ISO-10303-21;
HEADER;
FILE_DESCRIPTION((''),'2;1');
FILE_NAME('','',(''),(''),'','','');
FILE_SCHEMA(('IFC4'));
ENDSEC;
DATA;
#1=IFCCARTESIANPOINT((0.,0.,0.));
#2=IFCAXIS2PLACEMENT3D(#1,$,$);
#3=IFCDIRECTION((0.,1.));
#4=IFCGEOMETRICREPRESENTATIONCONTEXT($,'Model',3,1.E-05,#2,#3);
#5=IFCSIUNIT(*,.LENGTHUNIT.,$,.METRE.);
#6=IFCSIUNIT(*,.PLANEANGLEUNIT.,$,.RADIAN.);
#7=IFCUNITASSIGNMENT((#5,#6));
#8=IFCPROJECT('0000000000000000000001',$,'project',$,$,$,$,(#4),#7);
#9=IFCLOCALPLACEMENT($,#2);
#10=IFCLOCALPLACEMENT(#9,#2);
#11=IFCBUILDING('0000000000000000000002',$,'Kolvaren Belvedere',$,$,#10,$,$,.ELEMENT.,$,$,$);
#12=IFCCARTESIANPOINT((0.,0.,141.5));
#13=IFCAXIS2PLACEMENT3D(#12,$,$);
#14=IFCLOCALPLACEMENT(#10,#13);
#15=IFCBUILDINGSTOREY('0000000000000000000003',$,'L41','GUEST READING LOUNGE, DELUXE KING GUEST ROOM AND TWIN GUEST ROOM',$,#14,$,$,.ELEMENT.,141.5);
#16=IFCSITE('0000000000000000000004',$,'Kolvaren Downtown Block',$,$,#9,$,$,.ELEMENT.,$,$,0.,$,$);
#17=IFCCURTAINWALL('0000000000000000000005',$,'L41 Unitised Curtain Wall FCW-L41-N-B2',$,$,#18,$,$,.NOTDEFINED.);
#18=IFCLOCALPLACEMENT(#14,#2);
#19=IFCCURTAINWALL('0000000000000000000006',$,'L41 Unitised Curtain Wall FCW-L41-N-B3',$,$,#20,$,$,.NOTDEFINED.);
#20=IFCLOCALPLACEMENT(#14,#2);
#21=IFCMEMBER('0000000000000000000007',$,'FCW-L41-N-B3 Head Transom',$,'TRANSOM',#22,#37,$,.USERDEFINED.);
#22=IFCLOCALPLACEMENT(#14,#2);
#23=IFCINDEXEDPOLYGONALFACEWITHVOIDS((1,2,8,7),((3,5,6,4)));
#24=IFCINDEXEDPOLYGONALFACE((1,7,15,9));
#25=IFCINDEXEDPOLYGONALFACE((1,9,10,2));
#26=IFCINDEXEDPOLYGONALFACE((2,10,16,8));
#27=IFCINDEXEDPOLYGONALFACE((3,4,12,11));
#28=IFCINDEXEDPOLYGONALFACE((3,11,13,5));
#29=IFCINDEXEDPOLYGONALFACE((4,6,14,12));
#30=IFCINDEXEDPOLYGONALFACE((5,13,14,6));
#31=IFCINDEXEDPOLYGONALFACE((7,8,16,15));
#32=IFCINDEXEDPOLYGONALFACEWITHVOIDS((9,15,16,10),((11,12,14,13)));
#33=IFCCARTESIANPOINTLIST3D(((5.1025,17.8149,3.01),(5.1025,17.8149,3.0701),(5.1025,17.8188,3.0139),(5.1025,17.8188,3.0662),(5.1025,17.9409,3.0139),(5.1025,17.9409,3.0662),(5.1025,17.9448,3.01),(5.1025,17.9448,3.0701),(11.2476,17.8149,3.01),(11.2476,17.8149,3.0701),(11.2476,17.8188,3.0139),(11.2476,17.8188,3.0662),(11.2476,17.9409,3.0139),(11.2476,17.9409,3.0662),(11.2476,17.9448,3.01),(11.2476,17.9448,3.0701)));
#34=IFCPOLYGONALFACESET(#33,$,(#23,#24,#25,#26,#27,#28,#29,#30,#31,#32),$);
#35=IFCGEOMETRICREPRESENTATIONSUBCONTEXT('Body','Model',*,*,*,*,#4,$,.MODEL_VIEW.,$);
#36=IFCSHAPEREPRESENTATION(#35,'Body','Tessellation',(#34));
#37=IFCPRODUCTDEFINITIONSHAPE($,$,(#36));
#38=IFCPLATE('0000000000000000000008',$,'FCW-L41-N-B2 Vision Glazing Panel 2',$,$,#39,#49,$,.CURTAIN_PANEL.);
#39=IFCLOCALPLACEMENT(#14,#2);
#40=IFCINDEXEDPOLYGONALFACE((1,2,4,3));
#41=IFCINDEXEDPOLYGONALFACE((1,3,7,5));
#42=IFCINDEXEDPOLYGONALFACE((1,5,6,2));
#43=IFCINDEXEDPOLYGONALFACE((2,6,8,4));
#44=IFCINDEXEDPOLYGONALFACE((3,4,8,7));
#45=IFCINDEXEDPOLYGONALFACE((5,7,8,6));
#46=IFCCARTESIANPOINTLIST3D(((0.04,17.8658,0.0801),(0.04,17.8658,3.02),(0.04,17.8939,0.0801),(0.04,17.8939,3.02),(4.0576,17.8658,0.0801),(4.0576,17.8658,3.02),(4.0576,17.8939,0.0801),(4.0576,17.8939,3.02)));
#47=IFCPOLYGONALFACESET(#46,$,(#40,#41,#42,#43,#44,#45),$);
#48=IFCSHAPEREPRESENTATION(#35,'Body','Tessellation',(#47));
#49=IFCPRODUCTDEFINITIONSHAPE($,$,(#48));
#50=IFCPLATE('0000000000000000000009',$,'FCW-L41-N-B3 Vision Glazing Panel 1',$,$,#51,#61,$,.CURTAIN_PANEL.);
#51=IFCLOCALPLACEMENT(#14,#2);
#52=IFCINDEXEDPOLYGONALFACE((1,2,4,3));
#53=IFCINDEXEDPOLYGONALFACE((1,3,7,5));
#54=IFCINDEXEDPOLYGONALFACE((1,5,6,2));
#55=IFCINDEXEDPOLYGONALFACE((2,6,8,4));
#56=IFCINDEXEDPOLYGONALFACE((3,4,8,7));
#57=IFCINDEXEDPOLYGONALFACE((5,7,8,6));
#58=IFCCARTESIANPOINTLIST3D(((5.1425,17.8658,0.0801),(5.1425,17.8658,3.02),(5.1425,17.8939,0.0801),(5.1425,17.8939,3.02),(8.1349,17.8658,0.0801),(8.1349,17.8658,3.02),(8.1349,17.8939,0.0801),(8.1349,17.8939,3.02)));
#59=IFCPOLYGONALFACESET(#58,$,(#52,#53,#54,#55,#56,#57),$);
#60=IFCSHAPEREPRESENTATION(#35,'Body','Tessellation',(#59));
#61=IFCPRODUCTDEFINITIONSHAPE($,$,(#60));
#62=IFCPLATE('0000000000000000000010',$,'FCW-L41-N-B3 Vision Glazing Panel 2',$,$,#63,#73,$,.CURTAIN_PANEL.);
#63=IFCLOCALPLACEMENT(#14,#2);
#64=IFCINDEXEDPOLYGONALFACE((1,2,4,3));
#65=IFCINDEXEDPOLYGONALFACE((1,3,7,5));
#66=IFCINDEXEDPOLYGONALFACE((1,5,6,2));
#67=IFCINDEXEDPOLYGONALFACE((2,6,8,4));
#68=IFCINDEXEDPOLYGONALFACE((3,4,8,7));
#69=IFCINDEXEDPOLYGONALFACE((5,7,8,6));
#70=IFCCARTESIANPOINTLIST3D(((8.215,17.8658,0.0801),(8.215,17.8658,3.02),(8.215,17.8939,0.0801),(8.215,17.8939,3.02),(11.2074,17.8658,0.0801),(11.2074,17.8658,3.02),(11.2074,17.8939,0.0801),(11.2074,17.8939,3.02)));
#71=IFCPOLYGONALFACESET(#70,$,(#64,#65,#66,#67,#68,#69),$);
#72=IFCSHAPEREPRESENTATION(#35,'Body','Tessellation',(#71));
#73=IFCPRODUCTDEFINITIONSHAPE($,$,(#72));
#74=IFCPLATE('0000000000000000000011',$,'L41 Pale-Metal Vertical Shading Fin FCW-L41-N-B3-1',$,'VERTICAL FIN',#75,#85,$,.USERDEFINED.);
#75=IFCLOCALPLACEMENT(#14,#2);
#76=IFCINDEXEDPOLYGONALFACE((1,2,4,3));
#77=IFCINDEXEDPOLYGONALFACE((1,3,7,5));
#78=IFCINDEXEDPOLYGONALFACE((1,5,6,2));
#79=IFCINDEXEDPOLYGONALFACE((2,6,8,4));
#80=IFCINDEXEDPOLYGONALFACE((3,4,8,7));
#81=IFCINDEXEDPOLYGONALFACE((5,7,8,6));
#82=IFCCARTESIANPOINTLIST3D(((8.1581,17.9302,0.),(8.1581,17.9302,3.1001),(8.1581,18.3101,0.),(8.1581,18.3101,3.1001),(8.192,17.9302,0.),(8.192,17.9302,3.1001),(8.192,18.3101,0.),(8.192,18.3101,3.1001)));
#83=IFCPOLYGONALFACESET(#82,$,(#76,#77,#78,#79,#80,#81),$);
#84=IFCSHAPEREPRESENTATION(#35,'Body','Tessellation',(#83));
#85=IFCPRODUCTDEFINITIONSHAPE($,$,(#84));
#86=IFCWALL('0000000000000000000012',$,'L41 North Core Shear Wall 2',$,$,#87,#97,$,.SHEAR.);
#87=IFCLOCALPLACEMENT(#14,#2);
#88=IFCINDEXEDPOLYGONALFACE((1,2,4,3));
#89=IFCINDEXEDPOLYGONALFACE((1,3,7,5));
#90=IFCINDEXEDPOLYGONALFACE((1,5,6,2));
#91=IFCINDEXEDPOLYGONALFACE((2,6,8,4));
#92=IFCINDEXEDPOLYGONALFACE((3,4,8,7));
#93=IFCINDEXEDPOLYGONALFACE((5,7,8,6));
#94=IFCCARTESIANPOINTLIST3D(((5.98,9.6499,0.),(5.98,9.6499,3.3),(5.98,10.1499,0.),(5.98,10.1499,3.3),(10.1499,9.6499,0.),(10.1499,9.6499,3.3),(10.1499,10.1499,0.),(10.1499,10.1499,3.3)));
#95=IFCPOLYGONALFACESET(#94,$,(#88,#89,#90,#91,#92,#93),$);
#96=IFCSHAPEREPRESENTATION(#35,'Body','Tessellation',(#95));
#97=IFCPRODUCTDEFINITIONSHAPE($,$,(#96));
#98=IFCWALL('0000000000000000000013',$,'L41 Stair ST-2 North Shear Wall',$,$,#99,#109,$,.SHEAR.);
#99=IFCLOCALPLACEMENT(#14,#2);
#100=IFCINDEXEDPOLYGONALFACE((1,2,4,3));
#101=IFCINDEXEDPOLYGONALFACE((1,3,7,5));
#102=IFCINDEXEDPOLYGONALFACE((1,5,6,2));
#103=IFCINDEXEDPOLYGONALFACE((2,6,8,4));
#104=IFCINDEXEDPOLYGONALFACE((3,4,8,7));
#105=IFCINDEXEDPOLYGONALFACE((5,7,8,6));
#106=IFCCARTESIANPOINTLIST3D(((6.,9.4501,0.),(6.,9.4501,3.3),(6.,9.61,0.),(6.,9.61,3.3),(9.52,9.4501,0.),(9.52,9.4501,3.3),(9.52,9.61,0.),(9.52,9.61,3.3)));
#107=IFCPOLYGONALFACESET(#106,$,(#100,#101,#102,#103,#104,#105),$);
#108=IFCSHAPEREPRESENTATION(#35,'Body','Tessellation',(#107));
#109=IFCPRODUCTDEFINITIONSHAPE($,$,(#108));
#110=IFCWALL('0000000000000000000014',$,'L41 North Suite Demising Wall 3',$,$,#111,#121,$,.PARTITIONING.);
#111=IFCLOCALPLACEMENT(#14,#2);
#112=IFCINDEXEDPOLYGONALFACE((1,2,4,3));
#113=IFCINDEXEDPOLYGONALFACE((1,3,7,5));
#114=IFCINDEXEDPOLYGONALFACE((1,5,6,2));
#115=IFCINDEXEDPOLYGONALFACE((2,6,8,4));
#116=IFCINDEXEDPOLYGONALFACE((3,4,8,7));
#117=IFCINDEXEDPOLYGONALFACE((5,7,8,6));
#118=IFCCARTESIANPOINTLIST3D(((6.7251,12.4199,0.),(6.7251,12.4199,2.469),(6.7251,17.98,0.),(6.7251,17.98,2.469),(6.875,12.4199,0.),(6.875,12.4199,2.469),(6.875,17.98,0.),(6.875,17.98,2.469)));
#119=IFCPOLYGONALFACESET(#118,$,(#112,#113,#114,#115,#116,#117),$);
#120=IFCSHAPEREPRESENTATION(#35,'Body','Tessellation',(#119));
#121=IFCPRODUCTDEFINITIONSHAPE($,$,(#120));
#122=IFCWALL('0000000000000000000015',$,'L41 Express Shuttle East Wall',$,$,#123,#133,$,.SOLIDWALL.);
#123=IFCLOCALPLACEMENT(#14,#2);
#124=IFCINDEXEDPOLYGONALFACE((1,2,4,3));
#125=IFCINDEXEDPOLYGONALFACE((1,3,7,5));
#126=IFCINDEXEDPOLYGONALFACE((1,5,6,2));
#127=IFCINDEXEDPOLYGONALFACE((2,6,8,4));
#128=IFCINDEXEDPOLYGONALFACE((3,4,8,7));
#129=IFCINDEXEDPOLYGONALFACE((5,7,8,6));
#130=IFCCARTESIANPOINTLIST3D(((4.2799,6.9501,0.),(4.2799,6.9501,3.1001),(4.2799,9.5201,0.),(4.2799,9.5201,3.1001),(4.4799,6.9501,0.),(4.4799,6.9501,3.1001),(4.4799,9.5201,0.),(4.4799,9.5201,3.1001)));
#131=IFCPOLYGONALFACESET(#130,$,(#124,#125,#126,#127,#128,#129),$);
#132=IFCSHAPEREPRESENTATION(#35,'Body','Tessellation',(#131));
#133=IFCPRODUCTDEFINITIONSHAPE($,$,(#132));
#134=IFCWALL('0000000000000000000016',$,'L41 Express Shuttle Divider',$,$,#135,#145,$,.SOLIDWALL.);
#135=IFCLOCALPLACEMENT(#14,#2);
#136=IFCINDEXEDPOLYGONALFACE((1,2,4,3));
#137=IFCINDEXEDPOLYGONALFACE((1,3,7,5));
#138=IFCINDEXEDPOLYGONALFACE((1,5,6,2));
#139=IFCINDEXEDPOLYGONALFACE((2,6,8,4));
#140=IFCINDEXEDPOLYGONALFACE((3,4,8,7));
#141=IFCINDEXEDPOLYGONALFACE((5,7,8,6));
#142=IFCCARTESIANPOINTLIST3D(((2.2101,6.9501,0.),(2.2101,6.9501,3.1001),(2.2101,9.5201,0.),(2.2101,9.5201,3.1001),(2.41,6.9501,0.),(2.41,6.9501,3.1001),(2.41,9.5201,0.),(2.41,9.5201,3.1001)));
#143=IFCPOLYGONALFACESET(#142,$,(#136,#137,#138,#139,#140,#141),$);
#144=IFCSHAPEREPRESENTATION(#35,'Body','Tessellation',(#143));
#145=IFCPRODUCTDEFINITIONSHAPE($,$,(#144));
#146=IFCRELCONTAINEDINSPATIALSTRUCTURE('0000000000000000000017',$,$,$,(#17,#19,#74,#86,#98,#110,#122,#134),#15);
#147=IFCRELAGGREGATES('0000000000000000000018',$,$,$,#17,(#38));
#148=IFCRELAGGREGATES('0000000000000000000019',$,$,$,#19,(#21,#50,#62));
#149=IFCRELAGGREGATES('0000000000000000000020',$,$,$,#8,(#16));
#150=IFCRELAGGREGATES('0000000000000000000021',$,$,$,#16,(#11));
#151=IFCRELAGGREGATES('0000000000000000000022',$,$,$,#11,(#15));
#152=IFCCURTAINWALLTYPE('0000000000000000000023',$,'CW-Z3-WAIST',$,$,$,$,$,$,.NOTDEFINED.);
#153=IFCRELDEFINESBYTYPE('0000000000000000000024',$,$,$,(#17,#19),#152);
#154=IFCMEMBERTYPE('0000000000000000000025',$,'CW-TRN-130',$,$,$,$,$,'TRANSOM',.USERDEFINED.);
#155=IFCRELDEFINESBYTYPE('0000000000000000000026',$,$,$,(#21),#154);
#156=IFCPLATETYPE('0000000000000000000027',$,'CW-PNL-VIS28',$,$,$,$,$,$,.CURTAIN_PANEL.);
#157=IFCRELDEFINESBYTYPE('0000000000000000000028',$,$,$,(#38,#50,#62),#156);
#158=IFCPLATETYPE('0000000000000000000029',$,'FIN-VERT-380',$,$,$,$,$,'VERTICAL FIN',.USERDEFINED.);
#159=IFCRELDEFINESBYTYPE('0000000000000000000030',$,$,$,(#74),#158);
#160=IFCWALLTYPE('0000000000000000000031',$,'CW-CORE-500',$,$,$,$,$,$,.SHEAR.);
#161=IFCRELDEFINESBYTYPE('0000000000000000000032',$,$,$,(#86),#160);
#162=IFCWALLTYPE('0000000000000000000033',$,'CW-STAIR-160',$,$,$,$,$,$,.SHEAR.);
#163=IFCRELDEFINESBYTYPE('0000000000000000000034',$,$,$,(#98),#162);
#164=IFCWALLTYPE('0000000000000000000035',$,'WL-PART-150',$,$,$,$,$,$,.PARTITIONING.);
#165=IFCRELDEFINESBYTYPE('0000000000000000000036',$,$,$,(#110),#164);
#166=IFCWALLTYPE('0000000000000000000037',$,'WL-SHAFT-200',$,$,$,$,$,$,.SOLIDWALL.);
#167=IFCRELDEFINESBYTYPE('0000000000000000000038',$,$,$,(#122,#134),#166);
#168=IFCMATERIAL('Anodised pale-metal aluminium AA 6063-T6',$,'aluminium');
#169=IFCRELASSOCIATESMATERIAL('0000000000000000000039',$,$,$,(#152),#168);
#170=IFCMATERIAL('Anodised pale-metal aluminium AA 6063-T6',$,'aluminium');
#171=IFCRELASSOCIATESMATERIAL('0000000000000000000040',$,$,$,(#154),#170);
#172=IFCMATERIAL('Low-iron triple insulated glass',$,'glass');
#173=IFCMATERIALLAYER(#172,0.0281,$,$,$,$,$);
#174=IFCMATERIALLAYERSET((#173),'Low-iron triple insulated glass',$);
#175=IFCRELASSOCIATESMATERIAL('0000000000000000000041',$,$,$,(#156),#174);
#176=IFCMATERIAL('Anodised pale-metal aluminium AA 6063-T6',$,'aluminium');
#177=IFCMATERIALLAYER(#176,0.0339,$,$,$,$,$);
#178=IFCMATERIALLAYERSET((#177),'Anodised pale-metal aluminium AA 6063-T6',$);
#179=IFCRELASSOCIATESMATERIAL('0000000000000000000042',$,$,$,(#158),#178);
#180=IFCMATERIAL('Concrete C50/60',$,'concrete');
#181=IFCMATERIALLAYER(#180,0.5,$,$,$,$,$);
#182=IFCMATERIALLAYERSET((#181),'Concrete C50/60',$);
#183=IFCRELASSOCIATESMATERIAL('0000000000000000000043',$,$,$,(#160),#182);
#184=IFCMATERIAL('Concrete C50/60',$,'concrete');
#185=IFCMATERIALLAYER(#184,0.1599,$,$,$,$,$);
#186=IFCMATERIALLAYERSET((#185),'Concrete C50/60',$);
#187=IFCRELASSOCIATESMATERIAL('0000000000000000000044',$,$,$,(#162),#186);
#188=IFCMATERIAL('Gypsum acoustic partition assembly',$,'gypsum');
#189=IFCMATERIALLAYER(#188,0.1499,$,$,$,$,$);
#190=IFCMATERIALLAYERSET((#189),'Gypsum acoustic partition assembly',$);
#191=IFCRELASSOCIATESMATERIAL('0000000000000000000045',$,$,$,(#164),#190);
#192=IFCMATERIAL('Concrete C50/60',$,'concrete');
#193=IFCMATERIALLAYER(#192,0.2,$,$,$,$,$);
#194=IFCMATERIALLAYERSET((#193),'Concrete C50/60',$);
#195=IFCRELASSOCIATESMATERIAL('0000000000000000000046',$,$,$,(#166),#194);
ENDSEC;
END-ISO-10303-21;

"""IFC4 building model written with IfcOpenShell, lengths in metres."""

from ifc_helpers import new_model, si_unit, direction, frame, frame_2d, origin, origin_2d, place, context, subcontext, project, spatial, rectangle, hollow_rectangle, extrude, material, layer, layer_set, material_profile, profile_set, type_object, element, aggregate, save


model = new_model("IFC4")

# Units and contexts
model_context = context("Model", 3, precision=1e-05, world=origin(), true_north=direction((0.0, 1.0)))
body_context = subcontext(model_context, "Body", "Model", "MODEL_VIEW")
ifc_project = project(units=[si_unit("LENGTHUNIT", "METRE"), si_unit("PLANEANGLEUNIT", "RADIAN")], contexts=[model_context])

# Site, building, storey
site_placement = place(None, origin())
site = spatial("IfcSite", under=ifc_project, at=site_placement, Name="Kolvaren Downtown Block", CompositionType="ELEMENT", RefElevation=0.0)
building_placement = place(site_placement, origin())
building = spatial("IfcBuilding", under=site, at=building_placement, Name="Kolvaren Belvedere", CompositionType="ELEMENT")
storey_placement = place(building_placement, frame((0.0, 0.0, 141.5)))
storey = spatial("IfcBuildingStorey", under=building, at=storey_placement, Name="L41", Description="GUEST READING LOUNGE, DELUXE KING GUEST ROOM AND TWIN GUEST ROOM", CompositionType="ELEMENT", Elevation=141.5)

# Curtain wall
ifc_material_1 = material(Name="Anodised pale-metal aluminium AA 6063-T6", Category="aluminium")
curtain_wall_type = type_object("IfcCurtainWallType", Name="CW-Z3-WAIST", PredefinedType="NOTDEFINED", material=ifc_material_1)
curtain_wall_1_placement = place(storey_placement, origin())
curtain_wall_1 = element("IfcCurtainWall", 1, at=curtain_wall_1_placement, inside=storey, type_object=curtain_wall_type, Name="L41 Unitised Curtain Wall FCW-L41-N-B2", PredefinedType="NOTDEFINED")

# Curtain wall, member
curtain_wall_2_placement = place(storey_placement, origin())
curtain_wall_2 = element("IfcCurtainWall", 2, at=curtain_wall_2_placement, inside=storey, type_object=curtain_wall_type, Name="L41 Unitised Curtain Wall FCW-L41-N-B3", PredefinedType="NOTDEFINED")
ifc_material_2 = material(Name="Anodised pale-metal aluminium AA 6063-T6", Category="aluminium")
ifc_material_profile_1 = material_profile(ifc_material_2, hollow_rectangle(XDim=0.0601, YDim=0.1299, WallThickness=0.0039, at=origin_2d()), Name="ALU-TRN-130X60")
ifc_profile_set_1 = profile_set([ifc_material_profile_1], Name="Anodised pale-metal aluminium AA 6063-T6")
member_type_1 = type_object("IfcMemberType", Name="CW-TRN-130", ElementType="TRANSOM", PredefinedType="USERDEFINED", material=ifc_profile_set_1)
member_1_placement = place(storey_placement, frame((5.1025, 17.8799, 3.04), z_axis=(1.0, 0.0, 0.0), x_axis=(0.0, 0.0, 1.0)))
member_1 = element("IfcMember", 3, at=member_1_placement, type_object=member_type_1, Name="FCW-L41-N-B3 Head Transom", ObjectType="TRANSOM", PredefinedType="USERDEFINED", context=body_context, shape_type="SweptSolid", body=[
    extrude(hollow_rectangle(XDim=0.0601, YDim=0.1299, WallThickness=0.0039, at=origin_2d()), origin(), (0.0, 0.0, 1.0), 6.145),
])

# Plates
ifc_material_3 = material(Name="Low-iron triple insulated glass", Category="glass")
ifc_layer_1 = layer(ifc_material_3, 0.0281)
ifc_layer_set_1 = layer_set([ifc_layer_1], Name="Low-iron triple insulated glass")
plate_type_1 = type_object("IfcPlateType", Name="CW-PNL-VIS28", PredefinedType="CURTAIN_PANEL", material=ifc_layer_set_1)
plate_1_placement = place(storey_placement, frame((2.0488, 17.8799, 0.0801), z_axis=(0.0, 0.0, 1.0), x_axis=(1.0, 0.0, 0.0)))
plate_1 = element("IfcPlate", 4, at=plate_1_placement, type_object=plate_type_1, Name="FCW-L41-N-B2 Vision Glazing Panel 2", PredefinedType="CURTAIN_PANEL", context=body_context, shape_type="SweptSolid", body=[
    extrude(rectangle(XDim=4.0176, YDim=0.0281, at=origin_2d()), origin(), (0.0, 0.0, 1.0), 2.9399),
])
aggregate(curtain_wall_1, [plate_1])
plate_2_placement = place(storey_placement, frame((6.6387, 17.8799, 0.0801), z_axis=(0.0, 0.0, 1.0), x_axis=(1.0, 0.0, 0.0)))
plate_2 = element("IfcPlate", 5, at=plate_2_placement, type_object=plate_type_1, Name="FCW-L41-N-B3 Vision Glazing Panel 1", PredefinedType="CURTAIN_PANEL", context=body_context, shape_type="SweptSolid", body=[
    extrude(rectangle(XDim=2.9924, YDim=0.0281, at=origin_2d()), origin(), (0.0, 0.0, 1.0), 2.9399),
])
plate_3_placement = place(storey_placement, frame((9.7112, 17.8799, 0.0801), z_axis=(0.0, 0.0, 1.0), x_axis=(1.0, 0.0, 0.0)))
plate_3 = element("IfcPlate", 6, at=plate_3_placement, type_object=plate_type_1, Name="FCW-L41-N-B3 Vision Glazing Panel 2", PredefinedType="CURTAIN_PANEL", context=body_context, shape_type="SweptSolid", body=[
    extrude(rectangle(XDim=2.9924, YDim=0.0281, at=origin_2d()), origin(), (0.0, 0.0, 1.0), 2.9399),
])
aggregate(curtain_wall_2, [member_1, plate_2, plate_3])
ifc_material_4 = material(Name="Anodised pale-metal aluminium AA 6063-T6", Category="aluminium")
ifc_layer_2 = layer(ifc_material_4, 0.0339)
ifc_layer_set_2 = layer_set([ifc_layer_2], Name="Anodised pale-metal aluminium AA 6063-T6")
plate_type_2 = type_object("IfcPlateType", Name="FIN-VERT-380", ElementType="VERTICAL FIN", PredefinedType="USERDEFINED", material=ifc_layer_set_2)
plate_4_placement = place(storey_placement, frame((8.175, 18.1201, 0.0), z_axis=(0.0, 0.0, 1.0), x_axis=(0.0, 1.0, 0.0)))
element("IfcPlate", 7, at=plate_4_placement, inside=storey, type_object=plate_type_2, Name="L41 Pale-Metal Vertical Shading Fin FCW-L41-N-B3-1", ObjectType="VERTICAL FIN", PredefinedType="USERDEFINED", context=body_context, shape_type="SweptSolid", body=[
    extrude(rectangle(XDim=0.3799, YDim=0.0339, at=origin_2d()), origin(), (0.0, 0.0, 1.0), 3.1001),
])

# Walls
ifc_material_5 = material(Name="Concrete C50/60", Category="concrete")
ifc_layer_3 = layer(ifc_material_5, 0.5)
ifc_layer_set_3 = layer_set([ifc_layer_3], Name="Concrete C50/60")
wall_type_1 = type_object("IfcWallType", Name="CW-CORE-500", PredefinedType="SHEAR", material=ifc_layer_set_3)
wall_1_placement = place(storey_placement, frame((5.98, 9.8999, 0.0), z_axis=(0.0, 0.0, 1.0), x_axis=(1.0, 0.0, 0.0)))
element("IfcWall", 8, at=wall_1_placement, inside=storey, type_object=wall_type_1, Name="L41 North Core Shear Wall 2", PredefinedType="SHEAR", context=body_context, shape_type="SweptSolid", body=[
    extrude(rectangle(XDim=4.1699, YDim=0.5, at=frame_2d((2.085, 0.0))), origin(), (0.0, 0.0, 1.0), 3.3),
])
ifc_material_6 = material(Name="Concrete C50/60", Category="concrete")
ifc_layer_4 = layer(ifc_material_6, 0.1599)
ifc_layer_set_4 = layer_set([ifc_layer_4], Name="Concrete C50/60")
wall_type_2 = type_object("IfcWallType", Name="CW-STAIR-160", PredefinedType="SHEAR", material=ifc_layer_set_4)
wall_2_placement = place(storey_placement, frame((6.0, 9.53, 0.0), z_axis=(0.0, 0.0, 1.0), x_axis=(1.0, 0.0, 0.0)))
element("IfcWall", 9, at=wall_2_placement, inside=storey, type_object=wall_type_2, Name="L41 Stair ST-2 North Shear Wall", PredefinedType="SHEAR", context=body_context, shape_type="SweptSolid", body=[
    extrude(rectangle(XDim=3.52, YDim=0.1599, at=frame_2d((1.76, 0.0))), origin(), (0.0, 0.0, 1.0), 3.3),
])
ifc_material_7 = material(Name="Gypsum acoustic partition assembly", Category="gypsum")
ifc_layer_5 = layer(ifc_material_7, 0.1499)
ifc_layer_set_5 = layer_set([ifc_layer_5], Name="Gypsum acoustic partition assembly")
wall_type_3 = type_object("IfcWallType", Name="WL-PART-150", PredefinedType="PARTITIONING", material=ifc_layer_set_5)
wall_3_placement = place(storey_placement, frame((6.8, 12.4199, 0.0), z_axis=(0.0, 0.0, 1.0), x_axis=(0.0, 1.0, 0.0)))
element("IfcWall", 10, at=wall_3_placement, inside=storey, type_object=wall_type_3, Name="L41 North Suite Demising Wall 3", PredefinedType="PARTITIONING", context=body_context, shape_type="SweptSolid", body=[
    extrude(rectangle(XDim=5.5601, YDim=0.1499, at=frame_2d((2.78, 0.0))), origin(), (0.0, 0.0, 1.0), 2.469),
])
ifc_material_8 = material(Name="Concrete C50/60", Category="concrete")
ifc_layer_6 = layer(ifc_material_8, 0.2)
ifc_layer_set_6 = layer_set([ifc_layer_6], Name="Concrete C50/60")
wall_type_4 = type_object("IfcWallType", Name="WL-SHAFT-200", PredefinedType="SOLIDWALL", material=ifc_layer_set_6)
for number, where, z_axis, x_axis, name in (
    (11, (4.3799, 6.95, 0.0), (0.0, 0.0, 1.0), (0.0, 1.0, 0.0), "L41 Express Shuttle East Wall"),
    (12, (2.3101, 6.95, 0.0), (0.0, 0.0, 1.0), (0.0, 1.0, 0.0), "L41 Express Shuttle Divider"),
):
    element("IfcWall", number, at=place(storey_placement, frame(where, z_axis=z_axis, x_axis=x_axis)), inside=storey, type_object=wall_type_4, Name=name, PredefinedType="SOLIDWALL", context=body_context, shape_type="SweptSolid", body=[
        extrude(rectangle(XDim=2.5701, YDim=0.2, at=frame_2d((1.2852, 0.0))), origin(), (0.0, 0.0, 1.0), 3.1001),
    ])

save(model, "model.ifc")
